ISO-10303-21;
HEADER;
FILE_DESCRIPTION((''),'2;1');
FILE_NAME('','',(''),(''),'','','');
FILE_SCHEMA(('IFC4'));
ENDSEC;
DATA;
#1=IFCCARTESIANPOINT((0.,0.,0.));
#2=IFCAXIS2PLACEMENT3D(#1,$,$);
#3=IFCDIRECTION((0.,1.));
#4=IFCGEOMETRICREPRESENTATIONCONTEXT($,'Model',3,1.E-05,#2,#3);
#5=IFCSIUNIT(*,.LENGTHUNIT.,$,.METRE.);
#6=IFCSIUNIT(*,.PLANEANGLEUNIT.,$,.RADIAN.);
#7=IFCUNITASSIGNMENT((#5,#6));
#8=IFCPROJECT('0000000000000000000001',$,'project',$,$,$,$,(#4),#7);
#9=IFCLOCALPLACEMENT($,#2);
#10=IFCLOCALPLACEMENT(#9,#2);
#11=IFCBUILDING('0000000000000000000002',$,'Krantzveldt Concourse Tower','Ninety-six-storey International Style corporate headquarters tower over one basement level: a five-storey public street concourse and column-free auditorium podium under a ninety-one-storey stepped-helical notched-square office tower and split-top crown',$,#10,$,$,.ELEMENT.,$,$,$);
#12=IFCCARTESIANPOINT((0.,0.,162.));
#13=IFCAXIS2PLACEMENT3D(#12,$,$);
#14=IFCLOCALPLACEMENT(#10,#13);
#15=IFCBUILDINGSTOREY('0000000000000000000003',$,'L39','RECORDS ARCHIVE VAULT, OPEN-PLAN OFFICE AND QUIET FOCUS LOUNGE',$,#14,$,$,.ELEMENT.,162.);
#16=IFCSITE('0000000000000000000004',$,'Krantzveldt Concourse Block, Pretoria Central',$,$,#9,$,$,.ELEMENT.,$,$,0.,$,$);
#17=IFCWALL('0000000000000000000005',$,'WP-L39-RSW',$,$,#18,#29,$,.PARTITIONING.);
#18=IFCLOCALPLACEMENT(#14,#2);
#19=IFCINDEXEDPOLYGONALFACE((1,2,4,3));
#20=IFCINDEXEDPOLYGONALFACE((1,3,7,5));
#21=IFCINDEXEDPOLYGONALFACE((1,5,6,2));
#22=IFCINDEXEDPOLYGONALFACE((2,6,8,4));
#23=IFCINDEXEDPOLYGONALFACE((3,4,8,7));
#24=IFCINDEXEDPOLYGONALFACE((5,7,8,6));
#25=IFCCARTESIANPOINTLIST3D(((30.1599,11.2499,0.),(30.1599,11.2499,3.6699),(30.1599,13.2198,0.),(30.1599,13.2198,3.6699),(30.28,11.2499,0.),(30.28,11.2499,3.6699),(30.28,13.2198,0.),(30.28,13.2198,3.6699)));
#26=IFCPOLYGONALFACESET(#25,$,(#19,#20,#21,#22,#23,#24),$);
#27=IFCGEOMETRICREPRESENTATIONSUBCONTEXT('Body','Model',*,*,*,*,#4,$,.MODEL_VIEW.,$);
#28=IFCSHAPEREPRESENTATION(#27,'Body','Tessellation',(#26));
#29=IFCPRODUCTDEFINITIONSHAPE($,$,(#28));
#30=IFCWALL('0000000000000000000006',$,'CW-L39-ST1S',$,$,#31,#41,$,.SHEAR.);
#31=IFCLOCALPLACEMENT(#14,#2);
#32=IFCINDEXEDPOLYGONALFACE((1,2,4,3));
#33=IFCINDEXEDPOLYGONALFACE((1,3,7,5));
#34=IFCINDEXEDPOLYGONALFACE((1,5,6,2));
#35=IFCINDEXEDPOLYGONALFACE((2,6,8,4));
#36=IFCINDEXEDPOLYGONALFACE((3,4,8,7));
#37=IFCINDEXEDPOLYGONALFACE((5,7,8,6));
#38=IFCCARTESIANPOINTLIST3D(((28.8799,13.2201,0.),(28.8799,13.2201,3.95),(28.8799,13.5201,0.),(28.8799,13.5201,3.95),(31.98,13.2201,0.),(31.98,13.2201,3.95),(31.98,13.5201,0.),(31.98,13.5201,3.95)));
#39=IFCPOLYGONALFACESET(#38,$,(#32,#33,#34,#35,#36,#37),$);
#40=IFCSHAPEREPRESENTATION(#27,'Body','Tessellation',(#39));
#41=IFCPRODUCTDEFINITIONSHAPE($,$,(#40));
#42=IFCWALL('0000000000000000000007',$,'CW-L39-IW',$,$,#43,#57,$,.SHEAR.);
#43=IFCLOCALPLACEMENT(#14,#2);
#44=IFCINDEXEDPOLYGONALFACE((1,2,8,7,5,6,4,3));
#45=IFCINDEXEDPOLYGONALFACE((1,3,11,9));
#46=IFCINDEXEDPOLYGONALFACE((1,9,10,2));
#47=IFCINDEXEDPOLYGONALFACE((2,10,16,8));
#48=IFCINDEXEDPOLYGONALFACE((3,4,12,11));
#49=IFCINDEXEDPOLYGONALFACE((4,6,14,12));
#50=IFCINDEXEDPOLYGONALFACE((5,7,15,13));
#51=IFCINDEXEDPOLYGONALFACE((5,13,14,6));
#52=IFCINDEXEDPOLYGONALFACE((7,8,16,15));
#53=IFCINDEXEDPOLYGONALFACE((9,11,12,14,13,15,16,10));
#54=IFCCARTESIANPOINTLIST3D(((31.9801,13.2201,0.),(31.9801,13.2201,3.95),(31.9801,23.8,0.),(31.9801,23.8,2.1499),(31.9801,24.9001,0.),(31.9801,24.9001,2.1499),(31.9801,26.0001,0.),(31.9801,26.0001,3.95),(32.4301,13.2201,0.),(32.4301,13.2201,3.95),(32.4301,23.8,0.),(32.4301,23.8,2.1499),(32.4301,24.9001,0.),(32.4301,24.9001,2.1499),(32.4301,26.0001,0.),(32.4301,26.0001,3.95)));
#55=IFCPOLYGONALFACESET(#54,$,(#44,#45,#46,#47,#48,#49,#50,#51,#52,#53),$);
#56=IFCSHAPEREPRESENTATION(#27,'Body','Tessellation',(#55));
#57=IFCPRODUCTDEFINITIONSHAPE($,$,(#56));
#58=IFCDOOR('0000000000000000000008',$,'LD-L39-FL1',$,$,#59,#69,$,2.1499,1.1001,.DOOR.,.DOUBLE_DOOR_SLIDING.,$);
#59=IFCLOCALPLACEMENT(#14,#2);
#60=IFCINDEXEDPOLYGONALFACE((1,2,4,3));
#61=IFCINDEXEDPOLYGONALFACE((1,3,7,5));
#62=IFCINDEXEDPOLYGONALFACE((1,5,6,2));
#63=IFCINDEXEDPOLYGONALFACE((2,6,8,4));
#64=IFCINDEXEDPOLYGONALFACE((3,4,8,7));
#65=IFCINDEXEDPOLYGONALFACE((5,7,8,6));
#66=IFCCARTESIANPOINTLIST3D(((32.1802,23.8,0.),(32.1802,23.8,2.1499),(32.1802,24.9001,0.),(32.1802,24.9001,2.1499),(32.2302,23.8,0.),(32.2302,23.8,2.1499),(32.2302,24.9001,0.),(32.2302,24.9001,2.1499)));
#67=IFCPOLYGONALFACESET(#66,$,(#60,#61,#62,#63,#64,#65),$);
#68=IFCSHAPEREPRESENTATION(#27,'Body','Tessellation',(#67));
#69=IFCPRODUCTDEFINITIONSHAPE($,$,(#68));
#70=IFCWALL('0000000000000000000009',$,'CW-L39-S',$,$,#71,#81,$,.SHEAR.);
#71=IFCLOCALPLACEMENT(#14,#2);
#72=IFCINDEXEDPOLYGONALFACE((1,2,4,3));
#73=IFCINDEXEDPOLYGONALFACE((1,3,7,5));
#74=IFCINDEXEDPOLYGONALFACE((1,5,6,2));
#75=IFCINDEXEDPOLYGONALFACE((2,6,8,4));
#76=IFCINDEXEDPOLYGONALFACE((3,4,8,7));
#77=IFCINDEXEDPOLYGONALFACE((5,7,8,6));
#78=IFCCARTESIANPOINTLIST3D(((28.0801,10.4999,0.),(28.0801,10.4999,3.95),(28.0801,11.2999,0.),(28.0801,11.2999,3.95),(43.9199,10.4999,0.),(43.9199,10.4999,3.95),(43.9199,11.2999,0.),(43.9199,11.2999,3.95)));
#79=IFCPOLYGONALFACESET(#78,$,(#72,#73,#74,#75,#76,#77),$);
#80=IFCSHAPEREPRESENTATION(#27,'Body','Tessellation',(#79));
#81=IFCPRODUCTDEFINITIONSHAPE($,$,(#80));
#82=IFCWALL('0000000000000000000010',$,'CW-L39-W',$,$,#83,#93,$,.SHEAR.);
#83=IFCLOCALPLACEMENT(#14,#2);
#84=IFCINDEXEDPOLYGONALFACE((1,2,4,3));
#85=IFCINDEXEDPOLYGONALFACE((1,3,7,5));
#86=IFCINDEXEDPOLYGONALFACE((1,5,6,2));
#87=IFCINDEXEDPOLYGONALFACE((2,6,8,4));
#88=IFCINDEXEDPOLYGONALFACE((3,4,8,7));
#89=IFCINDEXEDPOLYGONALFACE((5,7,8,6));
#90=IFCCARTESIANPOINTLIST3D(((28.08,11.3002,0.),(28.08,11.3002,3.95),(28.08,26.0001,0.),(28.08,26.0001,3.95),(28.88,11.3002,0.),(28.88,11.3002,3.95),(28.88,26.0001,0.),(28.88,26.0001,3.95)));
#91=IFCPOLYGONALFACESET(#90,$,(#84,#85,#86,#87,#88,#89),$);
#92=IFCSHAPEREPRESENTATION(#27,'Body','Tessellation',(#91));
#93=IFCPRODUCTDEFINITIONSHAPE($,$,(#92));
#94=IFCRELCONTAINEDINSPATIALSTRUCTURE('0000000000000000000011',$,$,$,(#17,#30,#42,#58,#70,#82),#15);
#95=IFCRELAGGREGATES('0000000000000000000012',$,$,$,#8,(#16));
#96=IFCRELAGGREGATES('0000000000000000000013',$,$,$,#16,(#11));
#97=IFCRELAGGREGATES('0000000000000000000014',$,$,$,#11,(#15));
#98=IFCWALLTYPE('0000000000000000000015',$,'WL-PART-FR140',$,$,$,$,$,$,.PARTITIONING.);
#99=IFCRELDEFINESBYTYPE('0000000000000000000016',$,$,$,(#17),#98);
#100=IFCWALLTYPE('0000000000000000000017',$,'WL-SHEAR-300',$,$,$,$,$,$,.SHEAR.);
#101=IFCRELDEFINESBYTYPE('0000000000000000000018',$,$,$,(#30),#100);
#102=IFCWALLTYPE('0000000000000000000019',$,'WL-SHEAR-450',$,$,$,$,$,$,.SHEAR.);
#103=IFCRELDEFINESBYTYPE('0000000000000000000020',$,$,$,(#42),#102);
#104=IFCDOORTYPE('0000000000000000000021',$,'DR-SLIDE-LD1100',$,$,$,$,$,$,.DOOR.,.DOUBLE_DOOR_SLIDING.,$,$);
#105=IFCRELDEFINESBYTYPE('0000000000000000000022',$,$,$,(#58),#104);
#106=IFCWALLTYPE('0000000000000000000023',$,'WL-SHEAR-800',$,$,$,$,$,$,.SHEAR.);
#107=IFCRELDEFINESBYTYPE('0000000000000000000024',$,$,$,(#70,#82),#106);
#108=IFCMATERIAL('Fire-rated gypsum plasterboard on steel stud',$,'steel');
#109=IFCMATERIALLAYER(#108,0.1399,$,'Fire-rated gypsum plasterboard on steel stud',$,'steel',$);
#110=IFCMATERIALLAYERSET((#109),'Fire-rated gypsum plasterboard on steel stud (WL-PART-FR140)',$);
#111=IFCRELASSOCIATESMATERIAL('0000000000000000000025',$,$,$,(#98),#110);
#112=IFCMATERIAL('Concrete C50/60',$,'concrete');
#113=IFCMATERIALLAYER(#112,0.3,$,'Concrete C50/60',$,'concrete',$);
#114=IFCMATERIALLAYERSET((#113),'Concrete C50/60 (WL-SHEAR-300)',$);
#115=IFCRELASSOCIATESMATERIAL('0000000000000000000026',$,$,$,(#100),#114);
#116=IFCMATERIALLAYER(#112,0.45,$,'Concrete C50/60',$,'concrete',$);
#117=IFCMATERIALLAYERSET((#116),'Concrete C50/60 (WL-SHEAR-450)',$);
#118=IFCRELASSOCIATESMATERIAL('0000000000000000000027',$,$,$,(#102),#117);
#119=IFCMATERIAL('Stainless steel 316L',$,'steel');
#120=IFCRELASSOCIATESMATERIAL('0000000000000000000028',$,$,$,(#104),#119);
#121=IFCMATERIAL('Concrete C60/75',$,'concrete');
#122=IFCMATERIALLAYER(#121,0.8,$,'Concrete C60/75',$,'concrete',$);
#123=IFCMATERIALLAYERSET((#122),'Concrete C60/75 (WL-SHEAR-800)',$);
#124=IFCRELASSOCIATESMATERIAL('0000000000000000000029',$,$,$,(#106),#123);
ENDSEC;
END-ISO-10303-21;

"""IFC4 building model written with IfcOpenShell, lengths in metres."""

from ifc_helpers import new_model, si_unit, direction, frame, frame_2d, origin, place, context, subcontext, project, spatial, rectangle, extrude, material, layer, layer_set, type_object, element, fill, save


model = new_model("IFC4")

# Units and contexts
model_context = context("Model", 3, precision=1e-05, world=origin(), true_north=direction((0.0, 1.0)))
body_context = subcontext(model_context, "Body", "Model", "MODEL_VIEW")
ifc_project = project(units=[si_unit("LENGTHUNIT", "METRE"), si_unit("PLANEANGLEUNIT", "RADIAN")], contexts=[model_context])

# Site, building, storey
site_placement = place(None, origin())
site = spatial("IfcSite", under=ifc_project, at=site_placement, Name="Krantzveldt Concourse Block, Pretoria Central", CompositionType="ELEMENT", RefElevation=0.0)
building_placement = place(site_placement, origin())
building = spatial("IfcBuilding", under=site, at=building_placement, Name="Krantzveldt Concourse Tower", Description="Ninety-six-storey International Style corporate headquarters tower over one basement level: a five-storey public street concourse and column-free auditorium podium under a ninety-one-storey stepped-helical notched-square office tower and split-top crown", CompositionType="ELEMENT")
storey_placement = place(building_placement, frame((0.0, 0.0, 162.0)))
storey = spatial("IfcBuildingStorey", under=building, at=storey_placement, Name="L39", Description="RECORDS ARCHIVE VAULT, OPEN-PLAN OFFICE AND QUIET FOCUS LOUNGE", CompositionType="ELEMENT", Elevation=162.0)

# Shared definitions
ifc_material_1 = material(Name="Concrete C50/60", Category="concrete")

# Shared definitions
ifc_material_2 = material(Name="Fire-rated gypsum plasterboard on steel stud", Category="steel")

# Walls
ifc_layer_1 = layer(ifc_material_2, 0.1399, Name="Fire-rated gypsum plasterboard on steel stud", Category="steel")
ifc_layer_set_1 = layer_set([ifc_layer_1], Name="Fire-rated gypsum plasterboard on steel stud (WL-PART-FR140)")
wall_type_1 = type_object("IfcWallType", Name="WL-PART-FR140", PredefinedType="PARTITIONING", material=ifc_layer_set_1)
wall_1_placement = place(storey_placement, frame((30.22, 11.25, 0.0), z_axis=(0.0, 0.0, 1.0), x_axis=(0.0, 1.0, 0.0)))
element("IfcWall", 1, at=wall_1_placement, inside=storey, type_object=wall_type_1, Name="WP-L39-RSW", PredefinedType="PARTITIONING", context=body_context, shape_type="SweptSolid", body=[
    extrude(rectangle(XDim=1.97, YDim=0.1201, at=frame_2d((0.9849, 0.0))), origin(), (0.0, 0.0, 1.0), 3.6699),
])
ifc_layer_2 = layer(ifc_material_1, 0.3, Name="Concrete C50/60", Category="concrete")
ifc_layer_set_2 = layer_set([ifc_layer_2], Name="Concrete C50/60 (WL-SHEAR-300)")
wall_type_2 = type_object("IfcWallType", Name="WL-SHEAR-300", PredefinedType="SHEAR", material=ifc_layer_set_2)
wall_2_placement = place(storey_placement, frame((28.8799, 13.3701, 0.0), z_axis=(0.0, 0.0, 1.0), x_axis=(1.0, 0.0, 0.0)))
element("IfcWall", 2, at=wall_2_placement, inside=storey, type_object=wall_type_2, Name="CW-L39-ST1S", PredefinedType="SHEAR", context=body_context, shape_type="SweptSolid", body=[
    extrude(rectangle(XDim=3.1001, YDim=0.3, at=frame_2d((1.55, 0.0))), origin(), (0.0, 0.0, 1.0), 3.95),
])

# Wall, opening, door
ifc_layer_3 = layer(ifc_material_1, 0.45, Name="Concrete C50/60", Category="concrete")
ifc_layer_set_3 = layer_set([ifc_layer_3], Name="Concrete C50/60 (WL-SHEAR-450)")
wall_type_3 = type_object("IfcWallType", Name="WL-SHEAR-450", PredefinedType="SHEAR", material=ifc_layer_set_3)
wall_3_placement = place(storey_placement, frame((32.2051, 13.22, 0.0), z_axis=(0.0, 0.0, 1.0), x_axis=(0.0, 1.0, 0.0)))
wall_3 = element("IfcWall", 3, at=wall_3_placement, inside=storey, type_object=wall_type_3, Name="CW-L39-IW", PredefinedType="SHEAR", context=body_context, shape_type="SweptSolid", body=[
    extrude(rectangle(XDim=12.78, YDim=0.45, at=frame_2d((6.3901, 0.0))), origin(), (0.0, 0.0, 1.0), 3.95),
])
opening_1_placement = place(wall_3_placement, frame((10.5801, 0.0, 0.0)))
opening_1 = element("IfcOpeningElement", 4, at=opening_1_placement, cuts=wall_3, PredefinedType="OPENING", context=body_context, shape_type="SweptSolid", body=[
    extrude(rectangle(XDim=1.1001, YDim=2.1499, at=frame_2d((0.55, 1.075))), frame((0.0, 0.2349, 0.0), z_axis=(0.0, -1.0, 0.0), x_axis=(1.0, 0.0, 0.0)), (0.0, 0.0, 1.0), 0.47),
])
ifc_material_3 = material(Name="Stainless steel 316L", Category="steel")
door_type_1 = type_object("IfcDoorType", Name="DR-SLIDE-LD1100", OperationType="DOUBLE_DOOR_SLIDING", PredefinedType="DOOR", material=ifc_material_3)
door_1_placement = place(opening_1_placement, origin())
door_1 = element("IfcDoor", 5, at=door_1_placement, inside=storey, type_object=door_type_1, Name="LD-L39-FL1", OperationType="DOUBLE_DOOR_SLIDING", OverallHeight=2.1499, OverallWidth=1.1001, PredefinedType="DOOR", context=body_context, shape_type="SweptSolid", body=[
    extrude(rectangle(XDim=1.1001, YDim=2.1499, at=frame_2d((0.55, 1.075))), frame((0.0, 0.0249, 0.0), z_axis=(0.0, -1.0, 0.0), x_axis=(1.0, 0.0, 0.0)), (0.0, 0.0, 1.0), 0.05),
])
fill(opening_1, door_1)

# Walls
ifc_material_4 = material(Name="Concrete C60/75", Category="concrete")
ifc_layer_4 = layer(ifc_material_4, 0.8, Name="Concrete C60/75", Category="concrete")
ifc_layer_set_4 = layer_set([ifc_layer_4], Name="Concrete C60/75 (WL-SHEAR-800)")
wall_type_4 = type_object("IfcWallType", Name="WL-SHEAR-800", PredefinedType="SHEAR", material=ifc_layer_set_4)
wall_4_placement = place(storey_placement, frame((28.0801, 10.8999, 0.0), z_axis=(0.0, 0.0, 1.0), x_axis=(1.0, 0.0, 0.0)))
element("IfcWall", 6, at=wall_4_placement, inside=storey, type_object=wall_type_4, Name="CW-L39-S", PredefinedType="SHEAR", context=body_context, shape_type="SweptSolid", body=[
    extrude(rectangle(XDim=15.8398, YDim=0.8, at=frame_2d((7.9199, 0.0))), origin(), (0.0, 0.0, 1.0), 3.95),
])
wall_5_placement = place(storey_placement, frame((28.48, 11.3, 0.0), z_axis=(0.0, 0.0, 1.0), x_axis=(0.0, 1.0, 0.0)))
element("IfcWall", 7, at=wall_5_placement, inside=storey, type_object=wall_type_4, Name="CW-L39-W", PredefinedType="SHEAR", context=body_context, shape_type="SweptSolid", body=[
    extrude(rectangle(XDim=14.7, YDim=0.8, at=frame_2d((7.3501, 0.0))), origin(), (0.0, 0.0, 1.0), 3.95),
])

save(model, "model.ifc")
